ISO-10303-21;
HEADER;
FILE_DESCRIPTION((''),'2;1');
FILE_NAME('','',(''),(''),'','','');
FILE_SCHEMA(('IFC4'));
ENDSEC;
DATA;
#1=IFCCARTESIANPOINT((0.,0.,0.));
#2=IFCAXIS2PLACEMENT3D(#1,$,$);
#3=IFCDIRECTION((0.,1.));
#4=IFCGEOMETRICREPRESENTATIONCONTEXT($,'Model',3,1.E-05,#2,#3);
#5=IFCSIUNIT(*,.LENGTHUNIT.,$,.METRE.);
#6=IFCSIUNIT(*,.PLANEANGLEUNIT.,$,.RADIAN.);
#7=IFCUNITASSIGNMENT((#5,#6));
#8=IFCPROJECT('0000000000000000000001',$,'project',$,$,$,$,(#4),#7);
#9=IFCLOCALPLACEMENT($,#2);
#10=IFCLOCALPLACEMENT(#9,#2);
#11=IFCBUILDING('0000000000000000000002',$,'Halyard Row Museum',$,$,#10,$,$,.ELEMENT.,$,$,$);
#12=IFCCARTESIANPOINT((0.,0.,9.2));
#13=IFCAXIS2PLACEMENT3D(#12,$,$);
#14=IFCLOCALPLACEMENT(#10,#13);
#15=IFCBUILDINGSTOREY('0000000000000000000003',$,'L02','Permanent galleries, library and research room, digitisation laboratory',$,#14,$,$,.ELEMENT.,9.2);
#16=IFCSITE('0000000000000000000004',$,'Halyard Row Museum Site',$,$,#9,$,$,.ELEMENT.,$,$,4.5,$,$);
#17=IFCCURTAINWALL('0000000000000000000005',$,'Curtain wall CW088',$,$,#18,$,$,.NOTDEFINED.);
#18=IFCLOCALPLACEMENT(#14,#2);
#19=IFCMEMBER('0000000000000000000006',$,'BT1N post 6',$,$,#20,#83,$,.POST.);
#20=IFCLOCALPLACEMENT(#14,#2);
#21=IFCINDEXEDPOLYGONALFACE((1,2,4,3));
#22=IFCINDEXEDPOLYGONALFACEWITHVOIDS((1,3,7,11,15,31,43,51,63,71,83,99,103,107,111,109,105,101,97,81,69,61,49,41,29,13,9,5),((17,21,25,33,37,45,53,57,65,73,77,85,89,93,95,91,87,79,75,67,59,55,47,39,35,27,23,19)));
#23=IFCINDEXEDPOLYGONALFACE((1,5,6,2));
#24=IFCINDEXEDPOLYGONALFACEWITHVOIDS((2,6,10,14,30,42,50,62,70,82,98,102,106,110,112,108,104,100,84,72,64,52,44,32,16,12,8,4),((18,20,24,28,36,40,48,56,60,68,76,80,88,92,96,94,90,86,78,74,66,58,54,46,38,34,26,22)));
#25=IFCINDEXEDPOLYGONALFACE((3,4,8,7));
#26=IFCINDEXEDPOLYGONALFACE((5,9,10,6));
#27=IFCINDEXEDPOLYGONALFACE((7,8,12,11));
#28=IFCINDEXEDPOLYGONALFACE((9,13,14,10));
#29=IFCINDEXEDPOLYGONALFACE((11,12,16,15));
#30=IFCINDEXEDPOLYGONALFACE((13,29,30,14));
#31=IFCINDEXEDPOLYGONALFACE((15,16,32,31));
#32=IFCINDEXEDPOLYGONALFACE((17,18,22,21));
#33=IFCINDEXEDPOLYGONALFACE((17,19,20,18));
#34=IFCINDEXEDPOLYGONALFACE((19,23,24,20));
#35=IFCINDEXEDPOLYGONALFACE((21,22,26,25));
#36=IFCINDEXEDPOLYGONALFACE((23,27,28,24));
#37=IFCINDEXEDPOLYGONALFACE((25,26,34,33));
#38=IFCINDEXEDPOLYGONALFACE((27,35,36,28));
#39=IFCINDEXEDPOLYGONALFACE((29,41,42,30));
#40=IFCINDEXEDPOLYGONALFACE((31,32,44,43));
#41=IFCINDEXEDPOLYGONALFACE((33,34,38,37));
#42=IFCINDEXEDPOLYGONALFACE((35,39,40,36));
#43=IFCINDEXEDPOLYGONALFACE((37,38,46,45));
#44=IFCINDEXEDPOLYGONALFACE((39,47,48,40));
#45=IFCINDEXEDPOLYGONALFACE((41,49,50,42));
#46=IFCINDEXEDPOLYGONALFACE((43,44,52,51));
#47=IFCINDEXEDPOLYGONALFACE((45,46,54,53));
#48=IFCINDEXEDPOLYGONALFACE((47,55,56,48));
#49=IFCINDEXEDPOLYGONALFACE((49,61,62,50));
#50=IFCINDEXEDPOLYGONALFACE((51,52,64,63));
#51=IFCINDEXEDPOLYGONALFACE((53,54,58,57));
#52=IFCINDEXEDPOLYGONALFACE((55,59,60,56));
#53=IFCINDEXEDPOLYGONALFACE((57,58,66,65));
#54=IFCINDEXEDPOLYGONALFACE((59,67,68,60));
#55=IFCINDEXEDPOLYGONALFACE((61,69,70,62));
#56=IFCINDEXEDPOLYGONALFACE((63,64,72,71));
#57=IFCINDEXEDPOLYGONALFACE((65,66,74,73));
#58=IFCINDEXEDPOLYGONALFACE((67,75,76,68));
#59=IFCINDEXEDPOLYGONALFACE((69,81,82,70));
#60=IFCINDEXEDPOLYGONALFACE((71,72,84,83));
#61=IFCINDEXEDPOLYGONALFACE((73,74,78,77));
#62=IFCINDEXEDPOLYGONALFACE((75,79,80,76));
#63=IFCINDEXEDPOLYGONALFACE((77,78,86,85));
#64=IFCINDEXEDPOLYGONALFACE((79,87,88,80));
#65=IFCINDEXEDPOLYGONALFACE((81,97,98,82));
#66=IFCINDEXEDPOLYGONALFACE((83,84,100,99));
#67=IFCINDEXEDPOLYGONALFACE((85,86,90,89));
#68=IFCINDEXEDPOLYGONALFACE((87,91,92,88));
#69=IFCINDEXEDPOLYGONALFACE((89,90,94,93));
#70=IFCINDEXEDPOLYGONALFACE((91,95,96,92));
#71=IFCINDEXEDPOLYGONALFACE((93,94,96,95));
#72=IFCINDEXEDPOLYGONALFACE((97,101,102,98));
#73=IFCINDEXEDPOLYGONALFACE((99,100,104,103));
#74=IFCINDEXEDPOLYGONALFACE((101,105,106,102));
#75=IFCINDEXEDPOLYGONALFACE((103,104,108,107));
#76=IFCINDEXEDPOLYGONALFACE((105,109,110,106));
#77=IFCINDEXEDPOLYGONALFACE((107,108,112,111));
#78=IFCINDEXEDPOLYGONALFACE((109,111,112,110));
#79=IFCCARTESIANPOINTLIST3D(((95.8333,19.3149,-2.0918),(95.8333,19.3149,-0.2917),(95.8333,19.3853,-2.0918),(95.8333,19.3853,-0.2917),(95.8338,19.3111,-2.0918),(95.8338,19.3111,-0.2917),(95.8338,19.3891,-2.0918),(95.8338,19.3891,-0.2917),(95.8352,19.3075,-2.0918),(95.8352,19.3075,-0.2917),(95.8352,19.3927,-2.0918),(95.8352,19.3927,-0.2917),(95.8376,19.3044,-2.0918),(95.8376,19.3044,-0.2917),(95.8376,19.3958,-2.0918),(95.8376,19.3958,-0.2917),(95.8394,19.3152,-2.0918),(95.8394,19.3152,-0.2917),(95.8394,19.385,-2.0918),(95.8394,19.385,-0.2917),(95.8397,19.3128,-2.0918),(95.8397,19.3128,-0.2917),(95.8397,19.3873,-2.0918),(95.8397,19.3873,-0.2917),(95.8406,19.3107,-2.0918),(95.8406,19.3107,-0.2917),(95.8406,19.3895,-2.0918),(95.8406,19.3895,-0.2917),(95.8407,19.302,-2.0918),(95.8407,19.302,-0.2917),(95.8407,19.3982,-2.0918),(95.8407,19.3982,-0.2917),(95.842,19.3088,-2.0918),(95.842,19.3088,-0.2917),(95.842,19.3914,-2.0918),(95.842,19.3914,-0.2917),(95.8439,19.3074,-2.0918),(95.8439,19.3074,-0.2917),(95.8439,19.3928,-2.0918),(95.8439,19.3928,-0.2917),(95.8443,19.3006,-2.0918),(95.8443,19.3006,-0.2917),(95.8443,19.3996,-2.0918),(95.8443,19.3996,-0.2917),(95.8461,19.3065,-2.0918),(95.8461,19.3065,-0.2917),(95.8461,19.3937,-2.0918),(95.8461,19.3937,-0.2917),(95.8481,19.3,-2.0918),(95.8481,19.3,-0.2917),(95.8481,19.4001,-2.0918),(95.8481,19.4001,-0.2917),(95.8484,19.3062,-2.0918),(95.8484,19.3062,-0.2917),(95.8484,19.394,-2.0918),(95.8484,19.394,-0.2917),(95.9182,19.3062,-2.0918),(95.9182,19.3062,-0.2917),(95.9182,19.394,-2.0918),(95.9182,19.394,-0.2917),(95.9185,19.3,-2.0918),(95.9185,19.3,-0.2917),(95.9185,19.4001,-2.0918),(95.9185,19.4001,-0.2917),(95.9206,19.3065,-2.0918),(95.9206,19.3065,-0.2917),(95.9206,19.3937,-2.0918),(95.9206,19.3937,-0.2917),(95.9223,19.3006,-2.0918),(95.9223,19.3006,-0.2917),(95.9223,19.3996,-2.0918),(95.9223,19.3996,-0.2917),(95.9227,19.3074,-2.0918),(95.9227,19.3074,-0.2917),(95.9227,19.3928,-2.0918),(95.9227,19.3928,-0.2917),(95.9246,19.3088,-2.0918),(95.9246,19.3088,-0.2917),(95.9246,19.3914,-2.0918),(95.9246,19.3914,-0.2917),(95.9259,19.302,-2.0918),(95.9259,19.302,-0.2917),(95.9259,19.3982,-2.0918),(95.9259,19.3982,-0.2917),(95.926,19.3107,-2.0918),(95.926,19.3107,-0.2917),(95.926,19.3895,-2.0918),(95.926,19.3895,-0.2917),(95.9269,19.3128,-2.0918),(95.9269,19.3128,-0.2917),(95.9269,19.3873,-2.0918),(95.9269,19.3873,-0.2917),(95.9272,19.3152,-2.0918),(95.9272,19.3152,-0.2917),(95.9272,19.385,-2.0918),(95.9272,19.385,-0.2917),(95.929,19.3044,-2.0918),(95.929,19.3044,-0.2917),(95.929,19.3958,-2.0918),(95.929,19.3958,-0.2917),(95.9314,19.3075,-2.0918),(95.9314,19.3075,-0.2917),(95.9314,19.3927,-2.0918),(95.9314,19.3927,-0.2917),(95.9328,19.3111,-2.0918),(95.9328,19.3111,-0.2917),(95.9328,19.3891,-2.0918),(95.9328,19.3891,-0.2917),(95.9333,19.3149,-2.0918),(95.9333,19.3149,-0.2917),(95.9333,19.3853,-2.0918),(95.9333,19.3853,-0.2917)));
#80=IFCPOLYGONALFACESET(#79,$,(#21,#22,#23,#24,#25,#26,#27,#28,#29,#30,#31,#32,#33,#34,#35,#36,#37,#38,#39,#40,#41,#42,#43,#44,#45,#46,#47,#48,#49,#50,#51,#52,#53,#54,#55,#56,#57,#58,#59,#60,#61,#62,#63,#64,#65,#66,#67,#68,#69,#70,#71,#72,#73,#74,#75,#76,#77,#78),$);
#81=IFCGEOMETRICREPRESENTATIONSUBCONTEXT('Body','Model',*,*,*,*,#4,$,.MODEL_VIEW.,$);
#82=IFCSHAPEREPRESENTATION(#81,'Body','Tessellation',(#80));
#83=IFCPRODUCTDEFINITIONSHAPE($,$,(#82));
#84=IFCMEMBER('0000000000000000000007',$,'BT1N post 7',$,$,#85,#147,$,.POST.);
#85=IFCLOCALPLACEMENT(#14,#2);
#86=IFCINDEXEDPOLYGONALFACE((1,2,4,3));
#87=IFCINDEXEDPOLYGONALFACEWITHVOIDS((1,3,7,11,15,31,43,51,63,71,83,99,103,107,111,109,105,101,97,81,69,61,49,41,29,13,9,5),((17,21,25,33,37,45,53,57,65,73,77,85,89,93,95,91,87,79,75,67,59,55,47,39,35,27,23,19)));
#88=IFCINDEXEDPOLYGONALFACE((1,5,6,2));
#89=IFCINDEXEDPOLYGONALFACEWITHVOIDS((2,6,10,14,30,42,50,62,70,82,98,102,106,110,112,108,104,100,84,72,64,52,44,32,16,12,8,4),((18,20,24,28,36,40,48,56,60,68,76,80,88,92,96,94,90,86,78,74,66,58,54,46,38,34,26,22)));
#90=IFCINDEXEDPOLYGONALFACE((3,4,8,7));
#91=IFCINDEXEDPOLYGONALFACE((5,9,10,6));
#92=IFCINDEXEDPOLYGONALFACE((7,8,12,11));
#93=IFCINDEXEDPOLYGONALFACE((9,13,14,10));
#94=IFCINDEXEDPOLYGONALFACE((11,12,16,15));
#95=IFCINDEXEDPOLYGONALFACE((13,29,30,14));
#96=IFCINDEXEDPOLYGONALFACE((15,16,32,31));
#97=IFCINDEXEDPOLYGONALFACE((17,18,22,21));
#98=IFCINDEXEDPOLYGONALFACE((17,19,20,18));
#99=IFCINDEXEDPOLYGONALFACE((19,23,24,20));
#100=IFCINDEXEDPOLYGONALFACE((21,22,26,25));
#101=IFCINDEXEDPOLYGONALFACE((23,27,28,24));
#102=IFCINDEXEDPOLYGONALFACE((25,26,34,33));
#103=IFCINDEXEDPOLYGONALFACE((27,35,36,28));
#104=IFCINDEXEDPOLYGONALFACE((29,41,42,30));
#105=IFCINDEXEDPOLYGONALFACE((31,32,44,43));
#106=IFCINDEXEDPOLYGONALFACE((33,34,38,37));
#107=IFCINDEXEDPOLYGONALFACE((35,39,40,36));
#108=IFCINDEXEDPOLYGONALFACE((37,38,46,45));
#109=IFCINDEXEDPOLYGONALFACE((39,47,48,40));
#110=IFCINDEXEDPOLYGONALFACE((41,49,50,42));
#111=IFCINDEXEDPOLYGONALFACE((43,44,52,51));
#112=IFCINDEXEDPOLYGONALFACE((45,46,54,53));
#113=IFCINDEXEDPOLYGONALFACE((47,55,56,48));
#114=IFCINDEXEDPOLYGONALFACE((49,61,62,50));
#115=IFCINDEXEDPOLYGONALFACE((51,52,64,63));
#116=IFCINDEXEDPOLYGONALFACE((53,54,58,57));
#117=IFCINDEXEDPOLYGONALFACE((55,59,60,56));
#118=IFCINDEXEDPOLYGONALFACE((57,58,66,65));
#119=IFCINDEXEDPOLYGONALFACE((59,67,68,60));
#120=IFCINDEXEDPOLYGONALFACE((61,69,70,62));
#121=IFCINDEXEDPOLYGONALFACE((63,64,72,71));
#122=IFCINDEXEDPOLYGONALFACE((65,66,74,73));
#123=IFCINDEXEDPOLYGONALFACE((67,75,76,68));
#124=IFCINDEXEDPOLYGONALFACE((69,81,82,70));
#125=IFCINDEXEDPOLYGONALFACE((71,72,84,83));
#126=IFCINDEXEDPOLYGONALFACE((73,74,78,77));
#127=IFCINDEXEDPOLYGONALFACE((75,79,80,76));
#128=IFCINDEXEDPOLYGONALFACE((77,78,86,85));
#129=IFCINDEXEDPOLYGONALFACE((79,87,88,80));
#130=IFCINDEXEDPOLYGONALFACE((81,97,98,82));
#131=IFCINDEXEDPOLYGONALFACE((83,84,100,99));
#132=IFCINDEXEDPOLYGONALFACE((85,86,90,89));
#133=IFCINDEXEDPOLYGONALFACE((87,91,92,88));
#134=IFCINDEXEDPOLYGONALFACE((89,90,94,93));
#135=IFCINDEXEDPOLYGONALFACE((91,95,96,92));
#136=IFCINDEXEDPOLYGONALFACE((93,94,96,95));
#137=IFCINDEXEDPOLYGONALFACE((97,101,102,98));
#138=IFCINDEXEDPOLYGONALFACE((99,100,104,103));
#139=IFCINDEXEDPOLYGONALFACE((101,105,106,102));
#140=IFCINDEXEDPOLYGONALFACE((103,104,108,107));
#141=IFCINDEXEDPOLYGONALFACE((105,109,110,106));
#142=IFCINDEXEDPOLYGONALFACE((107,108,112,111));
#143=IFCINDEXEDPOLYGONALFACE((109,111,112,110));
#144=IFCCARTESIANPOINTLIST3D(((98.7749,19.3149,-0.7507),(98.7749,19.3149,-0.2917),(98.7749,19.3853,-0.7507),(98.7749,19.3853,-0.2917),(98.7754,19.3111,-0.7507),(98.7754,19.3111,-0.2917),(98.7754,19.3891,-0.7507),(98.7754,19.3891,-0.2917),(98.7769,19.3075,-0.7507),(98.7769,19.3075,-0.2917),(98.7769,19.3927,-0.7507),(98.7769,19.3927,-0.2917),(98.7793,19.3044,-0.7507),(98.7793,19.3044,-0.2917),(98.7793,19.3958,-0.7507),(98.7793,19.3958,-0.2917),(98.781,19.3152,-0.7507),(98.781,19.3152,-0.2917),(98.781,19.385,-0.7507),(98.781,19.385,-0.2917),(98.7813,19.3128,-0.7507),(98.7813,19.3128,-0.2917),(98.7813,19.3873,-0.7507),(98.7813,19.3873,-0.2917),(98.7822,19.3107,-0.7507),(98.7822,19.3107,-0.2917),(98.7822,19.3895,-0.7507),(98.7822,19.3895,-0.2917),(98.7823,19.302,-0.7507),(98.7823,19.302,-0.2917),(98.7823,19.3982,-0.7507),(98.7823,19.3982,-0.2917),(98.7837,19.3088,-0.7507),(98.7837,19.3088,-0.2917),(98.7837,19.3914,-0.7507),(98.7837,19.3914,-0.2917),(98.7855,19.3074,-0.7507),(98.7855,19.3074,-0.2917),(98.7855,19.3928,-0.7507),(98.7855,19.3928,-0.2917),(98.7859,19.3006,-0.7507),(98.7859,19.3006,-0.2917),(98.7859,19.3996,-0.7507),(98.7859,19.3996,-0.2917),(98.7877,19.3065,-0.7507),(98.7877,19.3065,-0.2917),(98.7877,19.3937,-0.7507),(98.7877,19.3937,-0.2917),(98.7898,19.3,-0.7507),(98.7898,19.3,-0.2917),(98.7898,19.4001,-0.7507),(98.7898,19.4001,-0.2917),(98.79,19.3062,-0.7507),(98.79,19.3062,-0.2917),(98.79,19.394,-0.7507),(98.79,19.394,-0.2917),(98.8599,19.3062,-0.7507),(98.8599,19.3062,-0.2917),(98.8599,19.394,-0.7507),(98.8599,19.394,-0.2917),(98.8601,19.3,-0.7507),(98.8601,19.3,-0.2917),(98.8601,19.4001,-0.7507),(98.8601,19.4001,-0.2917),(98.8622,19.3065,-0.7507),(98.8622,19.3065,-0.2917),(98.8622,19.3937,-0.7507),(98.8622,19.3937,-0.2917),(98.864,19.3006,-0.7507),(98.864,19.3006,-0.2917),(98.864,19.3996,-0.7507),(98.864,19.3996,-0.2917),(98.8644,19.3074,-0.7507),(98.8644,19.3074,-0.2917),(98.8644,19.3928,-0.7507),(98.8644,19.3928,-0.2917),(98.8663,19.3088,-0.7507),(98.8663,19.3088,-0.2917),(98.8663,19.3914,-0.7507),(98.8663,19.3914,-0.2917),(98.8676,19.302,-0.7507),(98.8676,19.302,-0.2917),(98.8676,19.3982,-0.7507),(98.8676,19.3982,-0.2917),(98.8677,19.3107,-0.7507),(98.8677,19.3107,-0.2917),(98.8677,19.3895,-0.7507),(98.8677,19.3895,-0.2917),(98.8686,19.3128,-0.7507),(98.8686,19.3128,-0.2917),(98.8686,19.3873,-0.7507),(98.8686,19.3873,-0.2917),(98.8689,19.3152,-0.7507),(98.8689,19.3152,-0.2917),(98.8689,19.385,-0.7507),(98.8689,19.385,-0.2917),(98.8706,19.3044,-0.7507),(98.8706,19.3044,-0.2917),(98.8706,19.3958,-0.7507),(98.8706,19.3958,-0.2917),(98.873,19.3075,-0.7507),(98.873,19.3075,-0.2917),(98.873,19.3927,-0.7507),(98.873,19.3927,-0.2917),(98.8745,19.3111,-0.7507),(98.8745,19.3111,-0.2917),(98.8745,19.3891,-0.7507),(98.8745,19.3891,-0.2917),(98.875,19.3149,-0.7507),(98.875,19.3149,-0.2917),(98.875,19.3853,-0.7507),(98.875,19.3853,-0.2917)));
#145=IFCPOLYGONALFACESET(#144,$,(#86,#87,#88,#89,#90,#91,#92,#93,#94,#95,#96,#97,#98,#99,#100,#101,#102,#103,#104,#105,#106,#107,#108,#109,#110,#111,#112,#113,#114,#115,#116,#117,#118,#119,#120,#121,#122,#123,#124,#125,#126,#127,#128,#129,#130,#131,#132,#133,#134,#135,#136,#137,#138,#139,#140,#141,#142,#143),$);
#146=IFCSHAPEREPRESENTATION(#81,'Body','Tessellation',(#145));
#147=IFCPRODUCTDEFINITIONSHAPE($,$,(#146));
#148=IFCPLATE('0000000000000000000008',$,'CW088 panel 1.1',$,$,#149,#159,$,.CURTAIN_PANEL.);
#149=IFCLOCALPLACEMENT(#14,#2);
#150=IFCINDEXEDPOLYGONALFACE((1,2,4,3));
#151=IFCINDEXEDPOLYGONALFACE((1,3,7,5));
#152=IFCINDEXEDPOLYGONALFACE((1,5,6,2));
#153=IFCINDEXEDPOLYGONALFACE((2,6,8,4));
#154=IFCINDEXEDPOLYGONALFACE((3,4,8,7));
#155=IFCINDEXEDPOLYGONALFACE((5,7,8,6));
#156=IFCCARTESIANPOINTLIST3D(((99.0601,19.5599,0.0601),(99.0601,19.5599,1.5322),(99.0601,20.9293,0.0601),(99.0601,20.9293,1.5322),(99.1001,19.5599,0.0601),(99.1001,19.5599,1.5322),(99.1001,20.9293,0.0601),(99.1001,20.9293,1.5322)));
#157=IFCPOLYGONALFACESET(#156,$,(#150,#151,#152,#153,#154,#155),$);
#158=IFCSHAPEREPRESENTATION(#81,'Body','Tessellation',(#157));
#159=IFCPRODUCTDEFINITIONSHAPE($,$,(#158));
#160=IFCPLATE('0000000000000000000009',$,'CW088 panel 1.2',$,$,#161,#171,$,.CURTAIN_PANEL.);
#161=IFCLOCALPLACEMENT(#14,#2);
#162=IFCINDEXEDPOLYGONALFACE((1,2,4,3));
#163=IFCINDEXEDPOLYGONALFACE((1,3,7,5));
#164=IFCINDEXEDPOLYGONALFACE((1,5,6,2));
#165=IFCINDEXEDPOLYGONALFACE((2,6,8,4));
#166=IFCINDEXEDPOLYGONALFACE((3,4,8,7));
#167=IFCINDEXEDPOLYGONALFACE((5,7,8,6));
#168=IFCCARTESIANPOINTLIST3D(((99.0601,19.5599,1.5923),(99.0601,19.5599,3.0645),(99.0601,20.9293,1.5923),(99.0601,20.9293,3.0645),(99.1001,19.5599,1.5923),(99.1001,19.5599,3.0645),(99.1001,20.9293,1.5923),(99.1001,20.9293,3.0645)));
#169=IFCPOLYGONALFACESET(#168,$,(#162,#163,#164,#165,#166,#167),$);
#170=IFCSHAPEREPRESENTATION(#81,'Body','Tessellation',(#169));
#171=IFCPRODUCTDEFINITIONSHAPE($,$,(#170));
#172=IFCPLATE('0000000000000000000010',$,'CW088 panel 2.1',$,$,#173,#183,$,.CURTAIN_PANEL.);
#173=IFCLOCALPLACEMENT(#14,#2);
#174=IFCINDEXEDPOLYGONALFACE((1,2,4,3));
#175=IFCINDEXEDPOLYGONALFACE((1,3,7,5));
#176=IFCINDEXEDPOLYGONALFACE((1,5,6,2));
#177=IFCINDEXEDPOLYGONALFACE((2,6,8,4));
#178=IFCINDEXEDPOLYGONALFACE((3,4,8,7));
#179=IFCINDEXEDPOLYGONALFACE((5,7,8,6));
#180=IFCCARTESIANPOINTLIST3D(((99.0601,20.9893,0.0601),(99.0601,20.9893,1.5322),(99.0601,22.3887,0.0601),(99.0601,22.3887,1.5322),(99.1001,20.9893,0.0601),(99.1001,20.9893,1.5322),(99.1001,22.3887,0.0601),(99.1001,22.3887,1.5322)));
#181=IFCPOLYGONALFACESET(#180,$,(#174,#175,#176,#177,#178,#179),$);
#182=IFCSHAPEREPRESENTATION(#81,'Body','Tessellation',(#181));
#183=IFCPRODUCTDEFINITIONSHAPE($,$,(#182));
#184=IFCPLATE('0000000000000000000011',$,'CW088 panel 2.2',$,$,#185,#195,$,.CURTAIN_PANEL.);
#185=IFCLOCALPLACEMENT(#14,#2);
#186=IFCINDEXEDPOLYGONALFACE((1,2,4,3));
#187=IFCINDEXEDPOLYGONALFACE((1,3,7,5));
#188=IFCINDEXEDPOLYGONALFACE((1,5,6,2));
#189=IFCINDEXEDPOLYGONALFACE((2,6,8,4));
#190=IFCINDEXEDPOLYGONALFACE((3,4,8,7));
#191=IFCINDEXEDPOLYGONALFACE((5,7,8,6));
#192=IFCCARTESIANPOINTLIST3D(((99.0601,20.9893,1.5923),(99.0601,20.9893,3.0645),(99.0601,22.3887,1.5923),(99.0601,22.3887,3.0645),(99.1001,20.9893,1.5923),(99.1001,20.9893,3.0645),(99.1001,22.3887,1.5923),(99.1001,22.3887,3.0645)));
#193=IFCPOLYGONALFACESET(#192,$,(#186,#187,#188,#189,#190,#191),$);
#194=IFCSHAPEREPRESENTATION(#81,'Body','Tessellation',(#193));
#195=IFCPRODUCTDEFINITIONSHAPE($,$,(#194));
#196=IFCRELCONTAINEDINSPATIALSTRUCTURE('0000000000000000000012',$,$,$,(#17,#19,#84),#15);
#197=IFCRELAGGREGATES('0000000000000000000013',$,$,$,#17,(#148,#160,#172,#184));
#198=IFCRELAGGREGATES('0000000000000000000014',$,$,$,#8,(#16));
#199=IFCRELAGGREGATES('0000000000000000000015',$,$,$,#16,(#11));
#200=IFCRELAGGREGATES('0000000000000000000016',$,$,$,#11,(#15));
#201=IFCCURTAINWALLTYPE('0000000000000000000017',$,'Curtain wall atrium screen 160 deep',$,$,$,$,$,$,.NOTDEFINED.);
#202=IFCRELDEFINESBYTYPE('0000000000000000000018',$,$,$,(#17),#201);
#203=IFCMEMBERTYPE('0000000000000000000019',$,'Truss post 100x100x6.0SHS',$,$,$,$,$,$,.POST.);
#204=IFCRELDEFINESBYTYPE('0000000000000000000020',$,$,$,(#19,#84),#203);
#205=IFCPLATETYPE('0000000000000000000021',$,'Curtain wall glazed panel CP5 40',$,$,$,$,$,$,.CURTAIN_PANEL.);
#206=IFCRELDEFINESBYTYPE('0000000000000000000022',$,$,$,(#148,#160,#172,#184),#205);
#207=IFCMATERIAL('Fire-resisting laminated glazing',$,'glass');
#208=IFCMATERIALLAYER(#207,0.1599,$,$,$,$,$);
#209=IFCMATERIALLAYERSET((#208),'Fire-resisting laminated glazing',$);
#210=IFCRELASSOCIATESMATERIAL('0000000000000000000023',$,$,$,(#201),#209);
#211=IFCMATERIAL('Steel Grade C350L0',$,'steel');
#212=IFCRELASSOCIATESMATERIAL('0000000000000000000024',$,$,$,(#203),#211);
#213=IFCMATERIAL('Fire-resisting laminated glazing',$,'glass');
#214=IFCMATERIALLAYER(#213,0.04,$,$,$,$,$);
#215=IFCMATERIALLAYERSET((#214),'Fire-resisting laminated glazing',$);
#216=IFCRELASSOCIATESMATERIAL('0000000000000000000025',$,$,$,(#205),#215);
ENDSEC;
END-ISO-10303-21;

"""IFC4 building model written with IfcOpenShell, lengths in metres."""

from ifc_helpers import new_model, si_unit, direction, frame, origin, origin_2d, place, context, subcontext, project, spatial, rectangle, hollow_rectangle, extrude, material, layer, layer_set, material_profile, profile_set, type_object, element, aggregate, save


model = new_model("IFC4")

# Units and contexts
model_context = context("Model", 3, precision=1e-05, world=origin(), true_north=direction((0.0, 1.0)))
body_context = subcontext(model_context, "Body", "Model", "MODEL_VIEW")
ifc_project = project(units=[si_unit("LENGTHUNIT", "METRE"), si_unit("PLANEANGLEUNIT", "RADIAN")], contexts=[model_context])

# Site, building, storey
site_placement = place(None, origin())
site = spatial("IfcSite", under=ifc_project, at=site_placement, Name="Halyard Row Museum Site", CompositionType="ELEMENT", RefElevation=4.5)
building_placement = place(site_placement, origin())
building = spatial("IfcBuilding", under=site, at=building_placement, Name="Halyard Row Museum", CompositionType="ELEMENT")
storey_placement = place(building_placement, frame((0.0, 0.0, 9.2)))
storey = spatial("IfcBuildingStorey", under=building, at=storey_placement, Name="L02", Description="Permanent galleries, library and research room, digitisation laboratory", CompositionType="ELEMENT", Elevation=9.2)

# Curtain wall
ifc_material_1 = material(Name="Fire-resisting laminated glazing", Category="glass")
ifc_layer_1 = layer(ifc_material_1, 0.1599)
ifc_layer_set_1 = layer_set([ifc_layer_1], Name="Fire-resisting laminated glazing")
curtain_wall_type = type_object("IfcCurtainWallType", Name="Curtain wall atrium screen 160 deep", PredefinedType="NOTDEFINED", material=ifc_layer_set_1)
curtain_wall_placement = place(storey_placement, origin())
curtain_wall = element("IfcCurtainWall", 1, at=curtain_wall_placement, inside=storey, type_object=curtain_wall_type, Name="Curtain wall CW088", PredefinedType="NOTDEFINED")

# Members
ifc_material_2 = material(Name="Steel Grade C350L0", Category="steel")
ifc_material_profile_1 = material_profile(ifc_material_2, hollow_rectangle(XDim=0.1001, YDim=0.1001, WallThickness=0.0061, InnerFilletRadius=0.009, OuterFilletRadius=0.0149, at=origin_2d()), Name="100x100x6.0SHS")
ifc_profile_set_1 = profile_set([ifc_material_profile_1], Name="Steel Grade C350L0")
member_type_1 = type_object("IfcMemberType", Name="Truss post 100x100x6.0SHS", PredefinedType="POST", material=ifc_profile_set_1)
member_1_placement = place(storey_placement, frame((95.8833, 19.3501, -2.0918), z_axis=(0.0, 0.0, 1.0), x_axis=(1.0, 0.0, 0.0)))
element("IfcMember", 2, at=member_1_placement, inside=storey, type_object=member_type_1, Name="BT1N post 6", PredefinedType="POST", context=body_context, shape_type="SweptSolid", body=[
    extrude(hollow_rectangle(XDim=0.1001, YDim=0.1001, WallThickness=0.0061, InnerFilletRadius=0.009, OuterFilletRadius=0.0149, at=origin_2d()), origin(), (0.0, 0.0, 1.0), 1.8),
])
member_2_placement = place(storey_placement, frame((98.825, 19.3501, -0.7507), z_axis=(0.0, 0.0, 1.0), x_axis=(1.0, 0.0, 0.0)))
element("IfcMember", 3, at=member_2_placement, inside=storey, type_object=member_type_1, Name="BT1N post 7", PredefinedType="POST", context=body_context, shape_type="SweptSolid", body=[
    extrude(hollow_rectangle(XDim=0.1001, YDim=0.1001, WallThickness=0.0061, InnerFilletRadius=0.009, OuterFilletRadius=0.0149, at=origin_2d()), origin(), (0.0, 0.0, 1.0), 0.459),
])

# Plates
ifc_material_3 = material(Name="Fire-resisting laminated glazing", Category="glass")
ifc_layer_2 = layer(ifc_material_3, 0.04)
ifc_layer_set_2 = layer_set([ifc_layer_2], Name="Fire-resisting laminated glazing")
plate_type = type_object("IfcPlateType", Name="Curtain wall glazed panel CP5 40", PredefinedType="CURTAIN_PANEL", material=ifc_layer_set_2)
plate_1_placement = place(storey_placement, frame((99.0801, 20.2446, 0.0601), z_axis=(0.0, 0.0, 1.0), x_axis=(0.0, 1.0, 0.0)))
plate_1 = element("IfcPlate", 4, at=plate_1_placement, type_object=plate_type, Name="CW088 panel 1.1", PredefinedType="CURTAIN_PANEL", context=body_context, shape_type="SweptSolid", body=[
    extrude(rectangle(XDim=1.3694, YDim=0.04, at=origin_2d()), origin(), (0.0, 0.0, 1.0), 1.4722),
])
plate_2_placement = place(storey_placement, frame((99.0801, 20.2446, 1.5923), z_axis=(0.0, 0.0, 1.0), x_axis=(0.0, 1.0, 0.0)))
plate_2 = element("IfcPlate", 5, at=plate_2_placement, type_object=plate_type, Name="CW088 panel 1.2", PredefinedType="CURTAIN_PANEL", context=body_context, shape_type="SweptSolid", body=[
    extrude(rectangle(XDim=1.3694, YDim=0.04, at=origin_2d()), origin(), (0.0, 0.0, 1.0), 1.4722),
])
plate_3_placement = place(storey_placement, frame((99.0801, 21.689, 0.0601), z_axis=(0.0, 0.0, 1.0), x_axis=(0.0, 1.0, 0.0)))
plate_3 = element("IfcPlate", 6, at=plate_3_placement, type_object=plate_type, Name="CW088 panel 2.1", PredefinedType="CURTAIN_PANEL", context=body_context, shape_type="SweptSolid", body=[
    extrude(rectangle(XDim=1.3994, YDim=0.04, at=origin_2d()), origin(), (0.0, 0.0, 1.0), 1.4722),
])
plate_4_placement = place(storey_placement, frame((99.0801, 21.689, 1.5923), z_axis=(0.0, 0.0, 1.0), x_axis=(0.0, 1.0, 0.0)))
plate_4 = element("IfcPlate", 7, at=plate_4_placement, type_object=plate_type, Name="CW088 panel 2.2", PredefinedType="CURTAIN_PANEL", context=body_context, shape_type="SweptSolid", body=[
    extrude(rectangle(XDim=1.3994, YDim=0.04, at=origin_2d()), origin(), (0.0, 0.0, 1.0), 1.4722),
])
aggregate(curtain_wall, [plate_1, plate_2, plate_3, plate_4])

save(model, "model.ifc")
